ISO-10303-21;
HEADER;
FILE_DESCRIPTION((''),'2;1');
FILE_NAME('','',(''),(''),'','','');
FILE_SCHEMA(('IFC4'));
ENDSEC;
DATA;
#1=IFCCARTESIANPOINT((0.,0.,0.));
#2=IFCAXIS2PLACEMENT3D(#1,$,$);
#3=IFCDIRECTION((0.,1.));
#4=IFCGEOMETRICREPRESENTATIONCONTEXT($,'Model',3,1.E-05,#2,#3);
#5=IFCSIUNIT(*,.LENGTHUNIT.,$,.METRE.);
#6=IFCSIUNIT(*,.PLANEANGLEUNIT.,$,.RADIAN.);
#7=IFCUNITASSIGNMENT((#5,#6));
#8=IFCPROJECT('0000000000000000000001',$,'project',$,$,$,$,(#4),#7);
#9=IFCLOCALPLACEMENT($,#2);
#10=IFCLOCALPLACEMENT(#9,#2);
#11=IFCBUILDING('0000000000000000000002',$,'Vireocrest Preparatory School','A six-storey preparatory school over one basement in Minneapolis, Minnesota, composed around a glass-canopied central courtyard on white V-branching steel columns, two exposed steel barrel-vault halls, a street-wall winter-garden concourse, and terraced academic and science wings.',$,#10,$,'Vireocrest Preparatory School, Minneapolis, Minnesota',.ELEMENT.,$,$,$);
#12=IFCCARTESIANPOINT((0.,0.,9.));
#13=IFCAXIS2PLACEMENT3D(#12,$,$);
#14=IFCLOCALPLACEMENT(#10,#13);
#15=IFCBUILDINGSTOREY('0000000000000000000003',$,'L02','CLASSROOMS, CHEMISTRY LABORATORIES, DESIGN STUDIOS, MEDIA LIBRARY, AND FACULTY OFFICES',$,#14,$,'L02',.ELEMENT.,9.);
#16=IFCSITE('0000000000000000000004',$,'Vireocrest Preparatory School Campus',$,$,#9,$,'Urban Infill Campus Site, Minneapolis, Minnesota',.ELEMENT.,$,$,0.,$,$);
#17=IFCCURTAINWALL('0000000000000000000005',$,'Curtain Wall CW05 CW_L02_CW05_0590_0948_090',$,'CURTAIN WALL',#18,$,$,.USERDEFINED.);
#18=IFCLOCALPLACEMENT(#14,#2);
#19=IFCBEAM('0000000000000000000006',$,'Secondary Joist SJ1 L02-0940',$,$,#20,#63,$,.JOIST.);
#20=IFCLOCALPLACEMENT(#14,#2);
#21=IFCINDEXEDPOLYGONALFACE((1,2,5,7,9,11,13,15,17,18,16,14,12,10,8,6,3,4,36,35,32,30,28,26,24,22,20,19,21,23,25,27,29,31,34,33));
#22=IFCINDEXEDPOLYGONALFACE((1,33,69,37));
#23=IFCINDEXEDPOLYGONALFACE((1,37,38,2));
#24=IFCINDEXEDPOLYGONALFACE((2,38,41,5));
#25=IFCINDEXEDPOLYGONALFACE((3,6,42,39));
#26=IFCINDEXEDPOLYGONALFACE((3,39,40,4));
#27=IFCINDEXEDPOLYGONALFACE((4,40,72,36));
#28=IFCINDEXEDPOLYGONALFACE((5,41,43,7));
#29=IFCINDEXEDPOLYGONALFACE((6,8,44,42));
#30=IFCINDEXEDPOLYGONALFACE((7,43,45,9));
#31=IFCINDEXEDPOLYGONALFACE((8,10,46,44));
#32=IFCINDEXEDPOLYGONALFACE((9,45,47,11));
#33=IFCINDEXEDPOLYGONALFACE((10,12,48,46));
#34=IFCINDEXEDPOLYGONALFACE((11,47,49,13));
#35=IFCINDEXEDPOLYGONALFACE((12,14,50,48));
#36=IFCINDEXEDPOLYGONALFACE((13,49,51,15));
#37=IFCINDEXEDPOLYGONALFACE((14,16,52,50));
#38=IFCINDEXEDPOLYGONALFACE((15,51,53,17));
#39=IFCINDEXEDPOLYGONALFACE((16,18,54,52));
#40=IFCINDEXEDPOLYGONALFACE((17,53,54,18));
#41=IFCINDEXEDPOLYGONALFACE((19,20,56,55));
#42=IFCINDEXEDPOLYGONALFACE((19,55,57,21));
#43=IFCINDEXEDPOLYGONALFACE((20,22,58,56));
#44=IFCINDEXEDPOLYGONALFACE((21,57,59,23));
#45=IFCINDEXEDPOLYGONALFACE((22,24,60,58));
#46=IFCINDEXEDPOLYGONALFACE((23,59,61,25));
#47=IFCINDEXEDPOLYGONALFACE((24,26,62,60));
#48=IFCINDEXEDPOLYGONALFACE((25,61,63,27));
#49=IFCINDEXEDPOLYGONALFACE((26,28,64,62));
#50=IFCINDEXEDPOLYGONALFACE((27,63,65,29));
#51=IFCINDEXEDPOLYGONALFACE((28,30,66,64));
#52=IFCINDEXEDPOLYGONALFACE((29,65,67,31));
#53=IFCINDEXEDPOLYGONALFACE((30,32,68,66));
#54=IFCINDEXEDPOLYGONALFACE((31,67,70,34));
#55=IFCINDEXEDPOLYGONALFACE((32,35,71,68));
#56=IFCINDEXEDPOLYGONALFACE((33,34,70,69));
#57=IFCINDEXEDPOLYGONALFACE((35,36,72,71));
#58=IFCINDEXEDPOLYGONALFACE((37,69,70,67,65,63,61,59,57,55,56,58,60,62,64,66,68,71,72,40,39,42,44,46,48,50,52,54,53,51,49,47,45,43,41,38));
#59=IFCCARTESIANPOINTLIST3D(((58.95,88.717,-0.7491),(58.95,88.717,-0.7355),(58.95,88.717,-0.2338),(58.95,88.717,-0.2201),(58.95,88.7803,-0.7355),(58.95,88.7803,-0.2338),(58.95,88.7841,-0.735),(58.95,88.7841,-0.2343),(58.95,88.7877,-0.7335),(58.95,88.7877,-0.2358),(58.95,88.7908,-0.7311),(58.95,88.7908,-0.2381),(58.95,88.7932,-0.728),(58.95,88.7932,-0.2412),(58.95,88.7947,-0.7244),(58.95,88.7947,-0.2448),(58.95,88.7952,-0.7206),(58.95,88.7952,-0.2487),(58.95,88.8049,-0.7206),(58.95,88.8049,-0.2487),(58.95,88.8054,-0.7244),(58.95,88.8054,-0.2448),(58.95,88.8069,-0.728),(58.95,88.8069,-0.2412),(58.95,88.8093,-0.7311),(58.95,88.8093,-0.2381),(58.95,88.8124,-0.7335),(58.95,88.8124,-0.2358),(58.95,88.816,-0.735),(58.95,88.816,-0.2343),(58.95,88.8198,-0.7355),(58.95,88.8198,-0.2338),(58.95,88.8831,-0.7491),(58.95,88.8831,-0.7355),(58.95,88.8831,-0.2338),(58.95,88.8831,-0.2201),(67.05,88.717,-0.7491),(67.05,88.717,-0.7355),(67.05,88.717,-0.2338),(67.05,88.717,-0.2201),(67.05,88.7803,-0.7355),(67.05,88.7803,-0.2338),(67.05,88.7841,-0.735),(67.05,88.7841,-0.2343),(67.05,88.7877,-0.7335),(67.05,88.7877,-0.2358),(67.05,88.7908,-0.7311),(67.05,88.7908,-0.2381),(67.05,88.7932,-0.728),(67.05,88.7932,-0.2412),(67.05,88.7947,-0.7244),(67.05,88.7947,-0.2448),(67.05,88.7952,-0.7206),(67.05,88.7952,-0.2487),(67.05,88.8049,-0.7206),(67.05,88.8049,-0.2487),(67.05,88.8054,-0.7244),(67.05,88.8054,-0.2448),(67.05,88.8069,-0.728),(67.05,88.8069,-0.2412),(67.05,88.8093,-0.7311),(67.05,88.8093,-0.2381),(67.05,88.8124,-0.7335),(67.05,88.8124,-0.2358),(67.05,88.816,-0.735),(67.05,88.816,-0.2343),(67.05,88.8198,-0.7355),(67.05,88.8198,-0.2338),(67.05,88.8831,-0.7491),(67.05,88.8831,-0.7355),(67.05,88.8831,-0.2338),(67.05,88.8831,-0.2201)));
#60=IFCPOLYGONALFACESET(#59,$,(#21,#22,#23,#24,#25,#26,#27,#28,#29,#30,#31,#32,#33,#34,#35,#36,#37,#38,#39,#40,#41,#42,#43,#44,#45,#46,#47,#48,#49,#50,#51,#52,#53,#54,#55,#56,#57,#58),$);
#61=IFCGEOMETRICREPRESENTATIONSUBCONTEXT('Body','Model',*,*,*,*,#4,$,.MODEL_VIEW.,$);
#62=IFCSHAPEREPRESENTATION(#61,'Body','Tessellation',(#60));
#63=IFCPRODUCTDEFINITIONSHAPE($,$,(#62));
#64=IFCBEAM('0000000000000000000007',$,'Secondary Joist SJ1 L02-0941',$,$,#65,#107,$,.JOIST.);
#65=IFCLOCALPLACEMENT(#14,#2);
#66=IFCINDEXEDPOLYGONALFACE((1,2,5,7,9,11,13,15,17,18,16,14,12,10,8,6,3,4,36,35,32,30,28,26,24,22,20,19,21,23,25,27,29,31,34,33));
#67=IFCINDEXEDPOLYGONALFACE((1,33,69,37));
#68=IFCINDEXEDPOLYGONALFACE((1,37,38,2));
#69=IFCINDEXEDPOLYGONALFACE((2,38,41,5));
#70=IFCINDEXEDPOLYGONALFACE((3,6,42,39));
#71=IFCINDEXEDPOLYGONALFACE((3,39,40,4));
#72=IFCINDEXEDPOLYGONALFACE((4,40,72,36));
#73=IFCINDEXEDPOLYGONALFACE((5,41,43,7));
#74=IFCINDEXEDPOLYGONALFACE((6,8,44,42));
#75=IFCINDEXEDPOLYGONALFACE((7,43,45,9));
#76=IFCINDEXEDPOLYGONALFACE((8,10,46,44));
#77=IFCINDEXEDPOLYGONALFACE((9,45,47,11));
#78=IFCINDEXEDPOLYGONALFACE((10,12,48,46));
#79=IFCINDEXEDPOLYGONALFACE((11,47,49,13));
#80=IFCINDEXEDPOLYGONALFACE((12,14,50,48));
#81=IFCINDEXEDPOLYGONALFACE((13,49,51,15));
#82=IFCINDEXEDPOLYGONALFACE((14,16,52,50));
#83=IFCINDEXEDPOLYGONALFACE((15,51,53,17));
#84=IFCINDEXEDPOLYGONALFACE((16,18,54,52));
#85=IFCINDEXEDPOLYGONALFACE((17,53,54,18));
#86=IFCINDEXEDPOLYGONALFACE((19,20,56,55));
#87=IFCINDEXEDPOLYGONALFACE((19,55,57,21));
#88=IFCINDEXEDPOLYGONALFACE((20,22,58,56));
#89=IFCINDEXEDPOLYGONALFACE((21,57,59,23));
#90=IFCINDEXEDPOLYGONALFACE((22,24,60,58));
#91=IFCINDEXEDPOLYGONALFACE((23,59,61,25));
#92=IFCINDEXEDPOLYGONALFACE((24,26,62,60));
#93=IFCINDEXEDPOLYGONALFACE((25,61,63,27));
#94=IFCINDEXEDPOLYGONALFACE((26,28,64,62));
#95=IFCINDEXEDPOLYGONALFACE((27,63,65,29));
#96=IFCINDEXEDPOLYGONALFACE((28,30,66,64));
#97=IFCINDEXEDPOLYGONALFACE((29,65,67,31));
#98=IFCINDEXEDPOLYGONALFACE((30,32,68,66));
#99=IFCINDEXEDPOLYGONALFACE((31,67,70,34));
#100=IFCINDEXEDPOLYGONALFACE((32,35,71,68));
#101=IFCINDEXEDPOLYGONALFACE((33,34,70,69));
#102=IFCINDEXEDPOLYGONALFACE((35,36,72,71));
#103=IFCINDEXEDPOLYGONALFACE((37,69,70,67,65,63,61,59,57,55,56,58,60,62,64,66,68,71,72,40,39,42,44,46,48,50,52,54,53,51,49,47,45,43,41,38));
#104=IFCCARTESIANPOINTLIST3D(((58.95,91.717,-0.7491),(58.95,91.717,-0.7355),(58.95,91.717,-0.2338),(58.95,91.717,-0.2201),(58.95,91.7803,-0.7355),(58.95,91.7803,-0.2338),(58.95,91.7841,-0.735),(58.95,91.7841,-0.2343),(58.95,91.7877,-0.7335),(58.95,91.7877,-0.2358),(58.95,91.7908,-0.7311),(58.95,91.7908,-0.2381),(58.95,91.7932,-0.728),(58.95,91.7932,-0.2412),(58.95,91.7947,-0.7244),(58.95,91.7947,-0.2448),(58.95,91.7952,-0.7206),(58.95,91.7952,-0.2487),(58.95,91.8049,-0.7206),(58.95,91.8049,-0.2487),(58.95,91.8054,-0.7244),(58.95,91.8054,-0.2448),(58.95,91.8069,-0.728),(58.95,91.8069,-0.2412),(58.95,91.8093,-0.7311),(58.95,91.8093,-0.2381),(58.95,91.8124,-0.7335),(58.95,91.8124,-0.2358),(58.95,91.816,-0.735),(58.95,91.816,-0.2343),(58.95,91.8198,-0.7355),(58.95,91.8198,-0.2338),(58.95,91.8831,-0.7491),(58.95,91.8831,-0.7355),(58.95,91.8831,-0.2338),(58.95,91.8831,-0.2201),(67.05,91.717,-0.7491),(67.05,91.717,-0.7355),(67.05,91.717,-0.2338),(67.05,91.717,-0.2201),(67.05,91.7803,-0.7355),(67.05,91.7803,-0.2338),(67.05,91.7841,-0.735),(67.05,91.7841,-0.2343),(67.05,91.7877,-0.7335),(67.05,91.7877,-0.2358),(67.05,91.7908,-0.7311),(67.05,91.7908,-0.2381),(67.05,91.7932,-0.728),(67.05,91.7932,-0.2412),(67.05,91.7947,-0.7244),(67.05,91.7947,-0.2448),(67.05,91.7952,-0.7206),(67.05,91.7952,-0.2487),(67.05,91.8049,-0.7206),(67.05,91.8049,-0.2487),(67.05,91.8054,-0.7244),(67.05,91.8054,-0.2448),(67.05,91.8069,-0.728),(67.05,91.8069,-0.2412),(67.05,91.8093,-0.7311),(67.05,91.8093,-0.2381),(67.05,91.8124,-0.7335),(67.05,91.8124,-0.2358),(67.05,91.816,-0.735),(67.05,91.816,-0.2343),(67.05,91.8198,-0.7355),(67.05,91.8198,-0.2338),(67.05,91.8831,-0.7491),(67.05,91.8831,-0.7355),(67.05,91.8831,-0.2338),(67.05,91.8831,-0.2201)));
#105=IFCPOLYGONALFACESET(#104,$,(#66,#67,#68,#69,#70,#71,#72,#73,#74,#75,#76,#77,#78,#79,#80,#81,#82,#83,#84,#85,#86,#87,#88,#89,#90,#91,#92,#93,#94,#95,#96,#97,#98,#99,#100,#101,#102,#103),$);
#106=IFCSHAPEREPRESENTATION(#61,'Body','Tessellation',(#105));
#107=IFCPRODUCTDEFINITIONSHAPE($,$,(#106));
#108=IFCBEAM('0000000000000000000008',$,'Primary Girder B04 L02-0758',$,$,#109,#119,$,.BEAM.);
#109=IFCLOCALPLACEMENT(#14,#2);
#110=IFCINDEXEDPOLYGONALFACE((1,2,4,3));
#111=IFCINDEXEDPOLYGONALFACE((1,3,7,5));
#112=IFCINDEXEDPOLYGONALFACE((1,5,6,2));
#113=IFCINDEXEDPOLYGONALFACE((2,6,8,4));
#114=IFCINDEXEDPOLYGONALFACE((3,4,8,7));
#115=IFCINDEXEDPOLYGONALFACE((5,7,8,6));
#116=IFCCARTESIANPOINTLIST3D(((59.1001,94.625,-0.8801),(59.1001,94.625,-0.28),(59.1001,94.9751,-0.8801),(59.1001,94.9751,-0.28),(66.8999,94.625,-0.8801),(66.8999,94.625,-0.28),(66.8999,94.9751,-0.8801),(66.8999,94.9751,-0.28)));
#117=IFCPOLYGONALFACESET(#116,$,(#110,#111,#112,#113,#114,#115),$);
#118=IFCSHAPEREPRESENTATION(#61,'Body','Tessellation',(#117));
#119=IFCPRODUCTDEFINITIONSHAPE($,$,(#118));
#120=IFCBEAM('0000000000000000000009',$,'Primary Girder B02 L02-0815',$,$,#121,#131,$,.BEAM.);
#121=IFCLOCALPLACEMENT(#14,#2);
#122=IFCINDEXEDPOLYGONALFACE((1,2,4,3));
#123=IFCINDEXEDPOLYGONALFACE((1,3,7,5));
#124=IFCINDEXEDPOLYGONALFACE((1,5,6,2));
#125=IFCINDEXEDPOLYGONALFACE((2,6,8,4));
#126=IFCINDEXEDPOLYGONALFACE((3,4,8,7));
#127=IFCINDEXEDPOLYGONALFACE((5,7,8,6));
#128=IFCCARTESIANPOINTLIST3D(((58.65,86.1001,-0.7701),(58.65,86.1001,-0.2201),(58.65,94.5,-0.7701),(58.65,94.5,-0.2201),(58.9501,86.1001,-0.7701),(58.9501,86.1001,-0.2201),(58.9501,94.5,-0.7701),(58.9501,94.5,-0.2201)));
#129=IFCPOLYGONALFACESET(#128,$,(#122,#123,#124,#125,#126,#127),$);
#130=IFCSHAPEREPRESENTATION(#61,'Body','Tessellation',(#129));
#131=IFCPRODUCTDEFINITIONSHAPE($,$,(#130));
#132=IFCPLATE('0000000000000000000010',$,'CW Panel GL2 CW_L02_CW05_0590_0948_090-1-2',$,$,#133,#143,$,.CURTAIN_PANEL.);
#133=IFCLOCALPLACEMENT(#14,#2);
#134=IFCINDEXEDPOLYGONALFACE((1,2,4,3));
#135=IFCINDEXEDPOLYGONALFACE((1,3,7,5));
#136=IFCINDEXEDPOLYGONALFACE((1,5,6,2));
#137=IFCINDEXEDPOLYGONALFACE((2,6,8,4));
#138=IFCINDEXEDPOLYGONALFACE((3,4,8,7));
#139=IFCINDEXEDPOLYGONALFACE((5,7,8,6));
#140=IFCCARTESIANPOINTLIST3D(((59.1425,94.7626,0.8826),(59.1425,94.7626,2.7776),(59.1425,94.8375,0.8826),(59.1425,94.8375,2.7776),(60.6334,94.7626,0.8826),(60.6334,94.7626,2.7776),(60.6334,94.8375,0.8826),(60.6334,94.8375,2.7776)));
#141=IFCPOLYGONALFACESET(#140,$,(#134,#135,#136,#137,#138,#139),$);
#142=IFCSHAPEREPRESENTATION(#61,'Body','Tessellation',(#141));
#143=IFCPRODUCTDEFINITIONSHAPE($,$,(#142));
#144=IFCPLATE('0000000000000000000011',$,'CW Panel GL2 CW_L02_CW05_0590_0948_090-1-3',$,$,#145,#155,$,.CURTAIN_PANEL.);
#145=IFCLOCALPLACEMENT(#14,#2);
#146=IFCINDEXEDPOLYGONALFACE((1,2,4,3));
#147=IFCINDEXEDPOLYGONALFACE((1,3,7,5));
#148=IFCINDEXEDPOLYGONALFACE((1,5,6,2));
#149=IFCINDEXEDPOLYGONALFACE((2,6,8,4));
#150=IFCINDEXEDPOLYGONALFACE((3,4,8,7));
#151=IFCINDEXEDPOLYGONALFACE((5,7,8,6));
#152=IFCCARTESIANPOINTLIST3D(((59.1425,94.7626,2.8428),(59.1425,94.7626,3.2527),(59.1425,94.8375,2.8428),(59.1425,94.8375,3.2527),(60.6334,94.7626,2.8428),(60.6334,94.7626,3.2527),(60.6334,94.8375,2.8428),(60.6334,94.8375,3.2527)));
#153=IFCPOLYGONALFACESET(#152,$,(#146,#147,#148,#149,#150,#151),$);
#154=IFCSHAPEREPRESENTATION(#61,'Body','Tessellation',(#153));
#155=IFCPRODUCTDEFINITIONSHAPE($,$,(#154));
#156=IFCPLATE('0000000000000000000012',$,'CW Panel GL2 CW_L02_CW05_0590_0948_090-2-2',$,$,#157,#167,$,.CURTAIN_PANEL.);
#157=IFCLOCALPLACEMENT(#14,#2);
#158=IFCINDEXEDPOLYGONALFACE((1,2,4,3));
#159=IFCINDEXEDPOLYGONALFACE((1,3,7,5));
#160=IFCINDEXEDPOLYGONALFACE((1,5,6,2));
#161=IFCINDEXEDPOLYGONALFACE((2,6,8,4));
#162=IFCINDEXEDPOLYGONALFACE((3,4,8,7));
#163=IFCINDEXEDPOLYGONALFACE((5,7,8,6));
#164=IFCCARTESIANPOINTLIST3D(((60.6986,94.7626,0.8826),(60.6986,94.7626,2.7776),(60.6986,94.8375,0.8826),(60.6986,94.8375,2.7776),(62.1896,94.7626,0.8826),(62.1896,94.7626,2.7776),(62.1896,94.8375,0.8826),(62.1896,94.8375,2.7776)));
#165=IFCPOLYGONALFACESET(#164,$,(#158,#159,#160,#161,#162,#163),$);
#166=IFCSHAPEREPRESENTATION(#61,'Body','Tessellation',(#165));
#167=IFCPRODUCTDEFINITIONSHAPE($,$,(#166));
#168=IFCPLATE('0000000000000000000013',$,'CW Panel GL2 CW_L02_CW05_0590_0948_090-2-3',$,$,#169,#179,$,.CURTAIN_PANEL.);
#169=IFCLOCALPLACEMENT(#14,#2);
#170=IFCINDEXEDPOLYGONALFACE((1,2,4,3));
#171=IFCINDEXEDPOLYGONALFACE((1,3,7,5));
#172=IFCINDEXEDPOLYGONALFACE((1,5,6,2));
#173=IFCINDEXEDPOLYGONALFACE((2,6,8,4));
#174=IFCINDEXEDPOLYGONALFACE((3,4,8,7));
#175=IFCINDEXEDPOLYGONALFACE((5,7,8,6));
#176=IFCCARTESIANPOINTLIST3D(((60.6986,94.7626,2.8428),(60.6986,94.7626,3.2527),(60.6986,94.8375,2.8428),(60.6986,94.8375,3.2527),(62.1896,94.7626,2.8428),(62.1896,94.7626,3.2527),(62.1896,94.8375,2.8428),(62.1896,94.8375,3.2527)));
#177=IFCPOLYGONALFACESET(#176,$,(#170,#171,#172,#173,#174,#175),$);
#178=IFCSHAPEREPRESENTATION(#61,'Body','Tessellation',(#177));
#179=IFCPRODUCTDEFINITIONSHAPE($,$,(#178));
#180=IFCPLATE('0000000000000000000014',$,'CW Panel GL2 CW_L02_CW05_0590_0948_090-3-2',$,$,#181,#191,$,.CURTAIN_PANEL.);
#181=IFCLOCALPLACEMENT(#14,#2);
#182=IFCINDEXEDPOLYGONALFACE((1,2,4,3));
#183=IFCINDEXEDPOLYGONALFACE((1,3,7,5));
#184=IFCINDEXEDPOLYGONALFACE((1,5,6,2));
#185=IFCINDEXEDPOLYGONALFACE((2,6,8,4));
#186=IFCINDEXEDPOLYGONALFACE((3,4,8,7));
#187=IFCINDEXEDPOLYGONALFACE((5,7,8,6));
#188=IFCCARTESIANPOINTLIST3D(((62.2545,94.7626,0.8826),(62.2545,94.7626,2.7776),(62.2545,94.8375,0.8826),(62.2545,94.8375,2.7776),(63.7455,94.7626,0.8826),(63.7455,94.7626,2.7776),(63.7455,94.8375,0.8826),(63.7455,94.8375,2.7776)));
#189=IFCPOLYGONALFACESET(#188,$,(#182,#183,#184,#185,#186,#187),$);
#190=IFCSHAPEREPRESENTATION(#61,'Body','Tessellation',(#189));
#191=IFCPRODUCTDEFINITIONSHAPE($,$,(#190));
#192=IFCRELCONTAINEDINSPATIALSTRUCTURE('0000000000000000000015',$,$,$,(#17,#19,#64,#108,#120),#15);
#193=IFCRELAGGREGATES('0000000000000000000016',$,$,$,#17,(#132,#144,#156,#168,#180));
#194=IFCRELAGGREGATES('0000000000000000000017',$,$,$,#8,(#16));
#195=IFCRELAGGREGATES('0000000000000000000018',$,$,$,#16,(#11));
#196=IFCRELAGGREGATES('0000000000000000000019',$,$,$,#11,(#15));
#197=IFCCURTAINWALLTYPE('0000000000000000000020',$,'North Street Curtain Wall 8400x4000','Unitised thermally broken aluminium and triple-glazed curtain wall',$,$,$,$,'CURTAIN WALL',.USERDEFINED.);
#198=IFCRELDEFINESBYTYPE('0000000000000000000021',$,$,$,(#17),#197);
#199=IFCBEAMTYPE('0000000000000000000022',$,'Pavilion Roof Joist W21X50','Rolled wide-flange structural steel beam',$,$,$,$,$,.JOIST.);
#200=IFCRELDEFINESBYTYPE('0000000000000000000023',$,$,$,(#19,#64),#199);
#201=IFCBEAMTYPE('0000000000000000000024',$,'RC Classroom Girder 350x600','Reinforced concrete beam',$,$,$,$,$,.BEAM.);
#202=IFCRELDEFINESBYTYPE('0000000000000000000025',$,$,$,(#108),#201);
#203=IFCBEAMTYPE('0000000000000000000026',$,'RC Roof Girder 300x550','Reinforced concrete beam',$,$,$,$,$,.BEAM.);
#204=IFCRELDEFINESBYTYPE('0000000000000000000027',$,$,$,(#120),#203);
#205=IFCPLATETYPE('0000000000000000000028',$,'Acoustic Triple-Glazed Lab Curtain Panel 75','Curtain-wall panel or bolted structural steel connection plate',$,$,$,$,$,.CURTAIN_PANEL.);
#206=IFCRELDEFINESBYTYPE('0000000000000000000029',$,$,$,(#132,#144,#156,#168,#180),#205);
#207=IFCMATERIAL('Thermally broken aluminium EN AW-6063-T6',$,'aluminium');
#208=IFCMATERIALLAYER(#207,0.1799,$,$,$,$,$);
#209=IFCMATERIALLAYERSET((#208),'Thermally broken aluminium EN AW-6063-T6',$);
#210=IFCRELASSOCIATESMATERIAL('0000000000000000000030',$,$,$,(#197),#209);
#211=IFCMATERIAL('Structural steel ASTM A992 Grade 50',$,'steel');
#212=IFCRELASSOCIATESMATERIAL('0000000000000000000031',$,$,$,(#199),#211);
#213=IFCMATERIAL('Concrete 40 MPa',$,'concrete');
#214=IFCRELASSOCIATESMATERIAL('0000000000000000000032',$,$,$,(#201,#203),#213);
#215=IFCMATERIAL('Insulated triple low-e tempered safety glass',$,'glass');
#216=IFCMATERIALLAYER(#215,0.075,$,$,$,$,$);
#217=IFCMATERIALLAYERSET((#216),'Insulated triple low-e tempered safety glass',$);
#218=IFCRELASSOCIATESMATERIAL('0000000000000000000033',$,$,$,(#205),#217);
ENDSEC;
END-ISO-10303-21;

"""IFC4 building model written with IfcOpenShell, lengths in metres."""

from ifc_helpers import new_model, si_unit, direction, frame, origin, origin_2d, place, context, subcontext, project, spatial, rectangle, i_section, extrude, material, layer, layer_set, material_profile, profile_set, type_object, element, aggregate, save


model = new_model("IFC4")

# Units and contexts
model_context = context("Model", 3, precision=1e-05, world=origin(), true_north=direction((0.0, 1.0)))
body_context = subcontext(model_context, "Body", "Model", "MODEL_VIEW")
ifc_project = project(units=[si_unit("LENGTHUNIT", "METRE"), si_unit("PLANEANGLEUNIT", "RADIAN")], contexts=[model_context])

# Site, building, storey
site_placement = place(None, origin())
site = spatial("IfcSite", under=ifc_project, at=site_placement, Name="Vireocrest Preparatory School Campus", LongName="Urban Infill Campus Site, Minneapolis, Minnesota", CompositionType="ELEMENT", RefElevation=0.0)
building_placement = place(site_placement, origin())
building = spatial("IfcBuilding", under=site, at=building_placement, Name="Vireocrest Preparatory School", Description="A six-storey preparatory school over one basement in Minneapolis, Minnesota, composed around a glass-canopied central courtyard on white V-branching steel columns, two exposed steel barrel-vault halls, a street-wall winter-garden concourse, and terraced academic and science wings.", LongName="Vireocrest Preparatory School, Minneapolis, Minnesota", CompositionType="ELEMENT")
storey_placement = place(building_placement, frame((0.0, 0.0, 9.0)))
storey = spatial("IfcBuildingStorey", under=building, at=storey_placement, Name="L02", Description="CLASSROOMS, CHEMISTRY LABORATORIES, DESIGN STUDIOS, MEDIA LIBRARY, AND FACULTY OFFICES", LongName="L02", CompositionType="ELEMENT", Elevation=9.0)

# Curtain wall
ifc_material_1 = material(Name="Thermally broken aluminium EN AW-6063-T6", Category="aluminium")
ifc_layer_1 = layer(ifc_material_1, 0.1799)
ifc_layer_set_1 = layer_set([ifc_layer_1], Name="Thermally broken aluminium EN AW-6063-T6")
curtain_wall_type = type_object("IfcCurtainWallType", Name="North Street Curtain Wall 8400x4000", Description="Unitised thermally broken aluminium and triple-glazed curtain wall", ElementType="CURTAIN WALL", PredefinedType="USERDEFINED", material=ifc_layer_set_1)
curtain_wall_placement = place(storey_placement, origin())
curtain_wall = element("IfcCurtainWall", 1, at=curtain_wall_placement, inside=storey, type_object=curtain_wall_type, Name="Curtain Wall CW05 CW_L02_CW05_0590_0948_090", ObjectType="CURTAIN WALL", PredefinedType="USERDEFINED")

# Beams
ifc_material_2 = material(Name="Structural steel ASTM A992 Grade 50", Category="steel")
ifc_material_profile_1 = material_profile(ifc_material_2, i_section(OverallWidth=0.166, OverallDepth=0.5291, WebThickness=0.0098, FlangeThickness=0.0137, FilletRadius=0.0149, at=origin_2d()), Name="W21X50")
ifc_profile_set_1 = profile_set([ifc_material_profile_1], Name="Structural steel ASTM A992 Grade 50")
beam_type_1 = type_object("IfcBeamType", Name="Pavilion Roof Joist W21X50", Description="Rolled wide-flange structural steel beam", PredefinedType="JOIST", material=ifc_profile_set_1)
for number, where, z_axis, x_axis, name in (
    (2, (58.95, 88.8, -0.4846), (1.0, 0.0, 0.0), (0.0, 1.0, 0.0), "Secondary Joist SJ1 L02-0940"),
    (3, (58.95, 91.8, -0.4846), (1.0, 0.0, 0.0), (0.0, 1.0, 0.0), "Secondary Joist SJ1 L02-0941"),
):
    element("IfcBeam", number, at=place(storey_placement, frame(where, z_axis=z_axis, x_axis=x_axis)), inside=storey, type_object=beam_type_1, Name=name, PredefinedType="JOIST", context=body_context, shape_type="SweptSolid", body=[
        extrude(i_section(OverallWidth=0.166, OverallDepth=0.5291, WebThickness=0.0098, FlangeThickness=0.0137, FilletRadius=0.0149, at=origin_2d()), origin(), (0.0, 0.0, 1.0), 8.1001),
    ])
ifc_material_3 = material(Name="Concrete 40 MPa", Category="concrete")
ifc_material_profile_2 = material_profile(ifc_material_3, rectangle(XDim=0.3501, YDim=0.6001, at=origin_2d()), Name="RC 350x600")
ifc_profile_set_2 = profile_set([ifc_material_profile_2], Name="Concrete 40 MPa")
beam_type_2 = type_object("IfcBeamType", Name="RC Classroom Girder 350x600", Description="Reinforced concrete beam", PredefinedType="BEAM", material=ifc_profile_set_2)
beam_1_placement = place(storey_placement, frame((59.1001, 94.8, -0.5801), z_axis=(1.0, 0.0, 0.0), x_axis=(0.0, 1.0, 0.0)))
element("IfcBeam", 4, at=beam_1_placement, inside=storey, type_object=beam_type_2, Name="Primary Girder B04 L02-0758", PredefinedType="BEAM", context=body_context, shape_type="SweptSolid", body=[
    extrude(rectangle(XDim=0.3501, YDim=0.6001, at=origin_2d()), origin(), (0.0, 0.0, 1.0), 7.7998),
])
ifc_material_profile_3 = material_profile(ifc_material_3, rectangle(XDim=0.3, YDim=0.55, at=origin_2d()), Name="RC 300x550")
ifc_profile_set_3 = profile_set([ifc_material_profile_3], Name="Concrete 40 MPa")
beam_type_3 = type_object("IfcBeamType", Name="RC Roof Girder 300x550", Description="Reinforced concrete beam", PredefinedType="BEAM", material=ifc_profile_set_3)
beam_2_placement = place(storey_placement, frame((58.8, 86.1001, -0.4951), z_axis=(0.0, 1.0, 0.0), x_axis=(-1.0, 0.0, 0.0)))
element("IfcBeam", 5, at=beam_2_placement, inside=storey, type_object=beam_type_3, Name="Primary Girder B02 L02-0815", PredefinedType="BEAM", context=body_context, shape_type="SweptSolid", body=[
    extrude(rectangle(XDim=0.3, YDim=0.55, at=origin_2d()), origin(), (0.0, 0.0, 1.0), 8.3999),
])

# Plates
ifc_material_4 = material(Name="Insulated triple low-e tempered safety glass", Category="glass")
ifc_layer_2 = layer(ifc_material_4, 0.075)
ifc_layer_set_2 = layer_set([ifc_layer_2], Name="Insulated triple low-e tempered safety glass")
plate_type_1 = type_object("IfcPlateType", Name="Acoustic Triple-Glazed Lab Curtain Panel 75", Description="Curtain-wall panel or bolted structural steel connection plate", PredefinedType="CURTAIN_PANEL", material=ifc_layer_set_2)
plate_1_placement = place(storey_placement, frame((59.8879, 94.8, 0.8826), z_axis=(0.0, 0.0, 1.0), x_axis=(1.0, 0.0, 0.0)))
plate_1 = element("IfcPlate", 6, at=plate_1_placement, type_object=plate_type_1, Name="CW Panel GL2 CW_L02_CW05_0590_0948_090-1-2", PredefinedType="CURTAIN_PANEL", context=body_context, shape_type="SweptSolid", body=[
    extrude(rectangle(XDim=1.491, YDim=0.075, at=origin_2d()), origin(), (0.0, 0.0, 1.0), 1.895),
])
plate_2_placement = place(storey_placement, frame((59.8879, 94.8, 2.8428), z_axis=(0.0, 0.0, 1.0), x_axis=(1.0, 0.0, 0.0)))
plate_2 = element("IfcPlate", 7, at=plate_2_placement, type_object=plate_type_1, Name="CW Panel GL2 CW_L02_CW05_0590_0948_090-1-3", PredefinedType="CURTAIN_PANEL", context=body_context, shape_type="SweptSolid", body=[
    extrude(rectangle(XDim=1.491, YDim=0.075, at=origin_2d()), origin(), (0.0, 0.0, 1.0), 0.4099),
])
plate_3_placement = place(storey_placement, frame((61.4441, 94.8, 0.8826), z_axis=(0.0, 0.0, 1.0), x_axis=(1.0, 0.0, 0.0)))
plate_3 = element("IfcPlate", 8, at=plate_3_placement, type_object=plate_type_1, Name="CW Panel GL2 CW_L02_CW05_0590_0948_090-2-2", PredefinedType="CURTAIN_PANEL", context=body_context, shape_type="SweptSolid", body=[
    extrude(rectangle(XDim=1.491, YDim=0.075, at=origin_2d()), origin(), (0.0, 0.0, 1.0), 1.895),
])
plate_4_placement = place(storey_placement, frame((61.4441, 94.8, 2.8428), z_axis=(0.0, 0.0, 1.0), x_axis=(1.0, 0.0, 0.0)))
plate_4 = element("IfcPlate", 9, at=plate_4_placement, type_object=plate_type_1, Name="CW Panel GL2 CW_L02_CW05_0590_0948_090-2-3", PredefinedType="CURTAIN_PANEL", context=body_context, shape_type="SweptSolid", body=[
    extrude(rectangle(XDim=1.491, YDim=0.075, at=origin_2d()), origin(), (0.0, 0.0, 1.0), 0.4099),
])
plate_5_placement = place(storey_placement, frame((63.0, 94.8, 0.8826), z_axis=(0.0, 0.0, 1.0), x_axis=(1.0, 0.0, 0.0)))
plate_5 = element("IfcPlate", 10, at=plate_5_placement, type_object=plate_type_1, Name="CW Panel GL2 CW_L02_CW05_0590_0948_090-3-2", PredefinedType="CURTAIN_PANEL", context=body_context, shape_type="SweptSolid", body=[
    extrude(rectangle(XDim=1.491, YDim=0.075, at=origin_2d()), origin(), (0.0, 0.0, 1.0), 1.895),
])
aggregate(curtain_wall, [plate_1, plate_2, plate_3, plate_4, plate_5])

save(model, "model.ifc")
